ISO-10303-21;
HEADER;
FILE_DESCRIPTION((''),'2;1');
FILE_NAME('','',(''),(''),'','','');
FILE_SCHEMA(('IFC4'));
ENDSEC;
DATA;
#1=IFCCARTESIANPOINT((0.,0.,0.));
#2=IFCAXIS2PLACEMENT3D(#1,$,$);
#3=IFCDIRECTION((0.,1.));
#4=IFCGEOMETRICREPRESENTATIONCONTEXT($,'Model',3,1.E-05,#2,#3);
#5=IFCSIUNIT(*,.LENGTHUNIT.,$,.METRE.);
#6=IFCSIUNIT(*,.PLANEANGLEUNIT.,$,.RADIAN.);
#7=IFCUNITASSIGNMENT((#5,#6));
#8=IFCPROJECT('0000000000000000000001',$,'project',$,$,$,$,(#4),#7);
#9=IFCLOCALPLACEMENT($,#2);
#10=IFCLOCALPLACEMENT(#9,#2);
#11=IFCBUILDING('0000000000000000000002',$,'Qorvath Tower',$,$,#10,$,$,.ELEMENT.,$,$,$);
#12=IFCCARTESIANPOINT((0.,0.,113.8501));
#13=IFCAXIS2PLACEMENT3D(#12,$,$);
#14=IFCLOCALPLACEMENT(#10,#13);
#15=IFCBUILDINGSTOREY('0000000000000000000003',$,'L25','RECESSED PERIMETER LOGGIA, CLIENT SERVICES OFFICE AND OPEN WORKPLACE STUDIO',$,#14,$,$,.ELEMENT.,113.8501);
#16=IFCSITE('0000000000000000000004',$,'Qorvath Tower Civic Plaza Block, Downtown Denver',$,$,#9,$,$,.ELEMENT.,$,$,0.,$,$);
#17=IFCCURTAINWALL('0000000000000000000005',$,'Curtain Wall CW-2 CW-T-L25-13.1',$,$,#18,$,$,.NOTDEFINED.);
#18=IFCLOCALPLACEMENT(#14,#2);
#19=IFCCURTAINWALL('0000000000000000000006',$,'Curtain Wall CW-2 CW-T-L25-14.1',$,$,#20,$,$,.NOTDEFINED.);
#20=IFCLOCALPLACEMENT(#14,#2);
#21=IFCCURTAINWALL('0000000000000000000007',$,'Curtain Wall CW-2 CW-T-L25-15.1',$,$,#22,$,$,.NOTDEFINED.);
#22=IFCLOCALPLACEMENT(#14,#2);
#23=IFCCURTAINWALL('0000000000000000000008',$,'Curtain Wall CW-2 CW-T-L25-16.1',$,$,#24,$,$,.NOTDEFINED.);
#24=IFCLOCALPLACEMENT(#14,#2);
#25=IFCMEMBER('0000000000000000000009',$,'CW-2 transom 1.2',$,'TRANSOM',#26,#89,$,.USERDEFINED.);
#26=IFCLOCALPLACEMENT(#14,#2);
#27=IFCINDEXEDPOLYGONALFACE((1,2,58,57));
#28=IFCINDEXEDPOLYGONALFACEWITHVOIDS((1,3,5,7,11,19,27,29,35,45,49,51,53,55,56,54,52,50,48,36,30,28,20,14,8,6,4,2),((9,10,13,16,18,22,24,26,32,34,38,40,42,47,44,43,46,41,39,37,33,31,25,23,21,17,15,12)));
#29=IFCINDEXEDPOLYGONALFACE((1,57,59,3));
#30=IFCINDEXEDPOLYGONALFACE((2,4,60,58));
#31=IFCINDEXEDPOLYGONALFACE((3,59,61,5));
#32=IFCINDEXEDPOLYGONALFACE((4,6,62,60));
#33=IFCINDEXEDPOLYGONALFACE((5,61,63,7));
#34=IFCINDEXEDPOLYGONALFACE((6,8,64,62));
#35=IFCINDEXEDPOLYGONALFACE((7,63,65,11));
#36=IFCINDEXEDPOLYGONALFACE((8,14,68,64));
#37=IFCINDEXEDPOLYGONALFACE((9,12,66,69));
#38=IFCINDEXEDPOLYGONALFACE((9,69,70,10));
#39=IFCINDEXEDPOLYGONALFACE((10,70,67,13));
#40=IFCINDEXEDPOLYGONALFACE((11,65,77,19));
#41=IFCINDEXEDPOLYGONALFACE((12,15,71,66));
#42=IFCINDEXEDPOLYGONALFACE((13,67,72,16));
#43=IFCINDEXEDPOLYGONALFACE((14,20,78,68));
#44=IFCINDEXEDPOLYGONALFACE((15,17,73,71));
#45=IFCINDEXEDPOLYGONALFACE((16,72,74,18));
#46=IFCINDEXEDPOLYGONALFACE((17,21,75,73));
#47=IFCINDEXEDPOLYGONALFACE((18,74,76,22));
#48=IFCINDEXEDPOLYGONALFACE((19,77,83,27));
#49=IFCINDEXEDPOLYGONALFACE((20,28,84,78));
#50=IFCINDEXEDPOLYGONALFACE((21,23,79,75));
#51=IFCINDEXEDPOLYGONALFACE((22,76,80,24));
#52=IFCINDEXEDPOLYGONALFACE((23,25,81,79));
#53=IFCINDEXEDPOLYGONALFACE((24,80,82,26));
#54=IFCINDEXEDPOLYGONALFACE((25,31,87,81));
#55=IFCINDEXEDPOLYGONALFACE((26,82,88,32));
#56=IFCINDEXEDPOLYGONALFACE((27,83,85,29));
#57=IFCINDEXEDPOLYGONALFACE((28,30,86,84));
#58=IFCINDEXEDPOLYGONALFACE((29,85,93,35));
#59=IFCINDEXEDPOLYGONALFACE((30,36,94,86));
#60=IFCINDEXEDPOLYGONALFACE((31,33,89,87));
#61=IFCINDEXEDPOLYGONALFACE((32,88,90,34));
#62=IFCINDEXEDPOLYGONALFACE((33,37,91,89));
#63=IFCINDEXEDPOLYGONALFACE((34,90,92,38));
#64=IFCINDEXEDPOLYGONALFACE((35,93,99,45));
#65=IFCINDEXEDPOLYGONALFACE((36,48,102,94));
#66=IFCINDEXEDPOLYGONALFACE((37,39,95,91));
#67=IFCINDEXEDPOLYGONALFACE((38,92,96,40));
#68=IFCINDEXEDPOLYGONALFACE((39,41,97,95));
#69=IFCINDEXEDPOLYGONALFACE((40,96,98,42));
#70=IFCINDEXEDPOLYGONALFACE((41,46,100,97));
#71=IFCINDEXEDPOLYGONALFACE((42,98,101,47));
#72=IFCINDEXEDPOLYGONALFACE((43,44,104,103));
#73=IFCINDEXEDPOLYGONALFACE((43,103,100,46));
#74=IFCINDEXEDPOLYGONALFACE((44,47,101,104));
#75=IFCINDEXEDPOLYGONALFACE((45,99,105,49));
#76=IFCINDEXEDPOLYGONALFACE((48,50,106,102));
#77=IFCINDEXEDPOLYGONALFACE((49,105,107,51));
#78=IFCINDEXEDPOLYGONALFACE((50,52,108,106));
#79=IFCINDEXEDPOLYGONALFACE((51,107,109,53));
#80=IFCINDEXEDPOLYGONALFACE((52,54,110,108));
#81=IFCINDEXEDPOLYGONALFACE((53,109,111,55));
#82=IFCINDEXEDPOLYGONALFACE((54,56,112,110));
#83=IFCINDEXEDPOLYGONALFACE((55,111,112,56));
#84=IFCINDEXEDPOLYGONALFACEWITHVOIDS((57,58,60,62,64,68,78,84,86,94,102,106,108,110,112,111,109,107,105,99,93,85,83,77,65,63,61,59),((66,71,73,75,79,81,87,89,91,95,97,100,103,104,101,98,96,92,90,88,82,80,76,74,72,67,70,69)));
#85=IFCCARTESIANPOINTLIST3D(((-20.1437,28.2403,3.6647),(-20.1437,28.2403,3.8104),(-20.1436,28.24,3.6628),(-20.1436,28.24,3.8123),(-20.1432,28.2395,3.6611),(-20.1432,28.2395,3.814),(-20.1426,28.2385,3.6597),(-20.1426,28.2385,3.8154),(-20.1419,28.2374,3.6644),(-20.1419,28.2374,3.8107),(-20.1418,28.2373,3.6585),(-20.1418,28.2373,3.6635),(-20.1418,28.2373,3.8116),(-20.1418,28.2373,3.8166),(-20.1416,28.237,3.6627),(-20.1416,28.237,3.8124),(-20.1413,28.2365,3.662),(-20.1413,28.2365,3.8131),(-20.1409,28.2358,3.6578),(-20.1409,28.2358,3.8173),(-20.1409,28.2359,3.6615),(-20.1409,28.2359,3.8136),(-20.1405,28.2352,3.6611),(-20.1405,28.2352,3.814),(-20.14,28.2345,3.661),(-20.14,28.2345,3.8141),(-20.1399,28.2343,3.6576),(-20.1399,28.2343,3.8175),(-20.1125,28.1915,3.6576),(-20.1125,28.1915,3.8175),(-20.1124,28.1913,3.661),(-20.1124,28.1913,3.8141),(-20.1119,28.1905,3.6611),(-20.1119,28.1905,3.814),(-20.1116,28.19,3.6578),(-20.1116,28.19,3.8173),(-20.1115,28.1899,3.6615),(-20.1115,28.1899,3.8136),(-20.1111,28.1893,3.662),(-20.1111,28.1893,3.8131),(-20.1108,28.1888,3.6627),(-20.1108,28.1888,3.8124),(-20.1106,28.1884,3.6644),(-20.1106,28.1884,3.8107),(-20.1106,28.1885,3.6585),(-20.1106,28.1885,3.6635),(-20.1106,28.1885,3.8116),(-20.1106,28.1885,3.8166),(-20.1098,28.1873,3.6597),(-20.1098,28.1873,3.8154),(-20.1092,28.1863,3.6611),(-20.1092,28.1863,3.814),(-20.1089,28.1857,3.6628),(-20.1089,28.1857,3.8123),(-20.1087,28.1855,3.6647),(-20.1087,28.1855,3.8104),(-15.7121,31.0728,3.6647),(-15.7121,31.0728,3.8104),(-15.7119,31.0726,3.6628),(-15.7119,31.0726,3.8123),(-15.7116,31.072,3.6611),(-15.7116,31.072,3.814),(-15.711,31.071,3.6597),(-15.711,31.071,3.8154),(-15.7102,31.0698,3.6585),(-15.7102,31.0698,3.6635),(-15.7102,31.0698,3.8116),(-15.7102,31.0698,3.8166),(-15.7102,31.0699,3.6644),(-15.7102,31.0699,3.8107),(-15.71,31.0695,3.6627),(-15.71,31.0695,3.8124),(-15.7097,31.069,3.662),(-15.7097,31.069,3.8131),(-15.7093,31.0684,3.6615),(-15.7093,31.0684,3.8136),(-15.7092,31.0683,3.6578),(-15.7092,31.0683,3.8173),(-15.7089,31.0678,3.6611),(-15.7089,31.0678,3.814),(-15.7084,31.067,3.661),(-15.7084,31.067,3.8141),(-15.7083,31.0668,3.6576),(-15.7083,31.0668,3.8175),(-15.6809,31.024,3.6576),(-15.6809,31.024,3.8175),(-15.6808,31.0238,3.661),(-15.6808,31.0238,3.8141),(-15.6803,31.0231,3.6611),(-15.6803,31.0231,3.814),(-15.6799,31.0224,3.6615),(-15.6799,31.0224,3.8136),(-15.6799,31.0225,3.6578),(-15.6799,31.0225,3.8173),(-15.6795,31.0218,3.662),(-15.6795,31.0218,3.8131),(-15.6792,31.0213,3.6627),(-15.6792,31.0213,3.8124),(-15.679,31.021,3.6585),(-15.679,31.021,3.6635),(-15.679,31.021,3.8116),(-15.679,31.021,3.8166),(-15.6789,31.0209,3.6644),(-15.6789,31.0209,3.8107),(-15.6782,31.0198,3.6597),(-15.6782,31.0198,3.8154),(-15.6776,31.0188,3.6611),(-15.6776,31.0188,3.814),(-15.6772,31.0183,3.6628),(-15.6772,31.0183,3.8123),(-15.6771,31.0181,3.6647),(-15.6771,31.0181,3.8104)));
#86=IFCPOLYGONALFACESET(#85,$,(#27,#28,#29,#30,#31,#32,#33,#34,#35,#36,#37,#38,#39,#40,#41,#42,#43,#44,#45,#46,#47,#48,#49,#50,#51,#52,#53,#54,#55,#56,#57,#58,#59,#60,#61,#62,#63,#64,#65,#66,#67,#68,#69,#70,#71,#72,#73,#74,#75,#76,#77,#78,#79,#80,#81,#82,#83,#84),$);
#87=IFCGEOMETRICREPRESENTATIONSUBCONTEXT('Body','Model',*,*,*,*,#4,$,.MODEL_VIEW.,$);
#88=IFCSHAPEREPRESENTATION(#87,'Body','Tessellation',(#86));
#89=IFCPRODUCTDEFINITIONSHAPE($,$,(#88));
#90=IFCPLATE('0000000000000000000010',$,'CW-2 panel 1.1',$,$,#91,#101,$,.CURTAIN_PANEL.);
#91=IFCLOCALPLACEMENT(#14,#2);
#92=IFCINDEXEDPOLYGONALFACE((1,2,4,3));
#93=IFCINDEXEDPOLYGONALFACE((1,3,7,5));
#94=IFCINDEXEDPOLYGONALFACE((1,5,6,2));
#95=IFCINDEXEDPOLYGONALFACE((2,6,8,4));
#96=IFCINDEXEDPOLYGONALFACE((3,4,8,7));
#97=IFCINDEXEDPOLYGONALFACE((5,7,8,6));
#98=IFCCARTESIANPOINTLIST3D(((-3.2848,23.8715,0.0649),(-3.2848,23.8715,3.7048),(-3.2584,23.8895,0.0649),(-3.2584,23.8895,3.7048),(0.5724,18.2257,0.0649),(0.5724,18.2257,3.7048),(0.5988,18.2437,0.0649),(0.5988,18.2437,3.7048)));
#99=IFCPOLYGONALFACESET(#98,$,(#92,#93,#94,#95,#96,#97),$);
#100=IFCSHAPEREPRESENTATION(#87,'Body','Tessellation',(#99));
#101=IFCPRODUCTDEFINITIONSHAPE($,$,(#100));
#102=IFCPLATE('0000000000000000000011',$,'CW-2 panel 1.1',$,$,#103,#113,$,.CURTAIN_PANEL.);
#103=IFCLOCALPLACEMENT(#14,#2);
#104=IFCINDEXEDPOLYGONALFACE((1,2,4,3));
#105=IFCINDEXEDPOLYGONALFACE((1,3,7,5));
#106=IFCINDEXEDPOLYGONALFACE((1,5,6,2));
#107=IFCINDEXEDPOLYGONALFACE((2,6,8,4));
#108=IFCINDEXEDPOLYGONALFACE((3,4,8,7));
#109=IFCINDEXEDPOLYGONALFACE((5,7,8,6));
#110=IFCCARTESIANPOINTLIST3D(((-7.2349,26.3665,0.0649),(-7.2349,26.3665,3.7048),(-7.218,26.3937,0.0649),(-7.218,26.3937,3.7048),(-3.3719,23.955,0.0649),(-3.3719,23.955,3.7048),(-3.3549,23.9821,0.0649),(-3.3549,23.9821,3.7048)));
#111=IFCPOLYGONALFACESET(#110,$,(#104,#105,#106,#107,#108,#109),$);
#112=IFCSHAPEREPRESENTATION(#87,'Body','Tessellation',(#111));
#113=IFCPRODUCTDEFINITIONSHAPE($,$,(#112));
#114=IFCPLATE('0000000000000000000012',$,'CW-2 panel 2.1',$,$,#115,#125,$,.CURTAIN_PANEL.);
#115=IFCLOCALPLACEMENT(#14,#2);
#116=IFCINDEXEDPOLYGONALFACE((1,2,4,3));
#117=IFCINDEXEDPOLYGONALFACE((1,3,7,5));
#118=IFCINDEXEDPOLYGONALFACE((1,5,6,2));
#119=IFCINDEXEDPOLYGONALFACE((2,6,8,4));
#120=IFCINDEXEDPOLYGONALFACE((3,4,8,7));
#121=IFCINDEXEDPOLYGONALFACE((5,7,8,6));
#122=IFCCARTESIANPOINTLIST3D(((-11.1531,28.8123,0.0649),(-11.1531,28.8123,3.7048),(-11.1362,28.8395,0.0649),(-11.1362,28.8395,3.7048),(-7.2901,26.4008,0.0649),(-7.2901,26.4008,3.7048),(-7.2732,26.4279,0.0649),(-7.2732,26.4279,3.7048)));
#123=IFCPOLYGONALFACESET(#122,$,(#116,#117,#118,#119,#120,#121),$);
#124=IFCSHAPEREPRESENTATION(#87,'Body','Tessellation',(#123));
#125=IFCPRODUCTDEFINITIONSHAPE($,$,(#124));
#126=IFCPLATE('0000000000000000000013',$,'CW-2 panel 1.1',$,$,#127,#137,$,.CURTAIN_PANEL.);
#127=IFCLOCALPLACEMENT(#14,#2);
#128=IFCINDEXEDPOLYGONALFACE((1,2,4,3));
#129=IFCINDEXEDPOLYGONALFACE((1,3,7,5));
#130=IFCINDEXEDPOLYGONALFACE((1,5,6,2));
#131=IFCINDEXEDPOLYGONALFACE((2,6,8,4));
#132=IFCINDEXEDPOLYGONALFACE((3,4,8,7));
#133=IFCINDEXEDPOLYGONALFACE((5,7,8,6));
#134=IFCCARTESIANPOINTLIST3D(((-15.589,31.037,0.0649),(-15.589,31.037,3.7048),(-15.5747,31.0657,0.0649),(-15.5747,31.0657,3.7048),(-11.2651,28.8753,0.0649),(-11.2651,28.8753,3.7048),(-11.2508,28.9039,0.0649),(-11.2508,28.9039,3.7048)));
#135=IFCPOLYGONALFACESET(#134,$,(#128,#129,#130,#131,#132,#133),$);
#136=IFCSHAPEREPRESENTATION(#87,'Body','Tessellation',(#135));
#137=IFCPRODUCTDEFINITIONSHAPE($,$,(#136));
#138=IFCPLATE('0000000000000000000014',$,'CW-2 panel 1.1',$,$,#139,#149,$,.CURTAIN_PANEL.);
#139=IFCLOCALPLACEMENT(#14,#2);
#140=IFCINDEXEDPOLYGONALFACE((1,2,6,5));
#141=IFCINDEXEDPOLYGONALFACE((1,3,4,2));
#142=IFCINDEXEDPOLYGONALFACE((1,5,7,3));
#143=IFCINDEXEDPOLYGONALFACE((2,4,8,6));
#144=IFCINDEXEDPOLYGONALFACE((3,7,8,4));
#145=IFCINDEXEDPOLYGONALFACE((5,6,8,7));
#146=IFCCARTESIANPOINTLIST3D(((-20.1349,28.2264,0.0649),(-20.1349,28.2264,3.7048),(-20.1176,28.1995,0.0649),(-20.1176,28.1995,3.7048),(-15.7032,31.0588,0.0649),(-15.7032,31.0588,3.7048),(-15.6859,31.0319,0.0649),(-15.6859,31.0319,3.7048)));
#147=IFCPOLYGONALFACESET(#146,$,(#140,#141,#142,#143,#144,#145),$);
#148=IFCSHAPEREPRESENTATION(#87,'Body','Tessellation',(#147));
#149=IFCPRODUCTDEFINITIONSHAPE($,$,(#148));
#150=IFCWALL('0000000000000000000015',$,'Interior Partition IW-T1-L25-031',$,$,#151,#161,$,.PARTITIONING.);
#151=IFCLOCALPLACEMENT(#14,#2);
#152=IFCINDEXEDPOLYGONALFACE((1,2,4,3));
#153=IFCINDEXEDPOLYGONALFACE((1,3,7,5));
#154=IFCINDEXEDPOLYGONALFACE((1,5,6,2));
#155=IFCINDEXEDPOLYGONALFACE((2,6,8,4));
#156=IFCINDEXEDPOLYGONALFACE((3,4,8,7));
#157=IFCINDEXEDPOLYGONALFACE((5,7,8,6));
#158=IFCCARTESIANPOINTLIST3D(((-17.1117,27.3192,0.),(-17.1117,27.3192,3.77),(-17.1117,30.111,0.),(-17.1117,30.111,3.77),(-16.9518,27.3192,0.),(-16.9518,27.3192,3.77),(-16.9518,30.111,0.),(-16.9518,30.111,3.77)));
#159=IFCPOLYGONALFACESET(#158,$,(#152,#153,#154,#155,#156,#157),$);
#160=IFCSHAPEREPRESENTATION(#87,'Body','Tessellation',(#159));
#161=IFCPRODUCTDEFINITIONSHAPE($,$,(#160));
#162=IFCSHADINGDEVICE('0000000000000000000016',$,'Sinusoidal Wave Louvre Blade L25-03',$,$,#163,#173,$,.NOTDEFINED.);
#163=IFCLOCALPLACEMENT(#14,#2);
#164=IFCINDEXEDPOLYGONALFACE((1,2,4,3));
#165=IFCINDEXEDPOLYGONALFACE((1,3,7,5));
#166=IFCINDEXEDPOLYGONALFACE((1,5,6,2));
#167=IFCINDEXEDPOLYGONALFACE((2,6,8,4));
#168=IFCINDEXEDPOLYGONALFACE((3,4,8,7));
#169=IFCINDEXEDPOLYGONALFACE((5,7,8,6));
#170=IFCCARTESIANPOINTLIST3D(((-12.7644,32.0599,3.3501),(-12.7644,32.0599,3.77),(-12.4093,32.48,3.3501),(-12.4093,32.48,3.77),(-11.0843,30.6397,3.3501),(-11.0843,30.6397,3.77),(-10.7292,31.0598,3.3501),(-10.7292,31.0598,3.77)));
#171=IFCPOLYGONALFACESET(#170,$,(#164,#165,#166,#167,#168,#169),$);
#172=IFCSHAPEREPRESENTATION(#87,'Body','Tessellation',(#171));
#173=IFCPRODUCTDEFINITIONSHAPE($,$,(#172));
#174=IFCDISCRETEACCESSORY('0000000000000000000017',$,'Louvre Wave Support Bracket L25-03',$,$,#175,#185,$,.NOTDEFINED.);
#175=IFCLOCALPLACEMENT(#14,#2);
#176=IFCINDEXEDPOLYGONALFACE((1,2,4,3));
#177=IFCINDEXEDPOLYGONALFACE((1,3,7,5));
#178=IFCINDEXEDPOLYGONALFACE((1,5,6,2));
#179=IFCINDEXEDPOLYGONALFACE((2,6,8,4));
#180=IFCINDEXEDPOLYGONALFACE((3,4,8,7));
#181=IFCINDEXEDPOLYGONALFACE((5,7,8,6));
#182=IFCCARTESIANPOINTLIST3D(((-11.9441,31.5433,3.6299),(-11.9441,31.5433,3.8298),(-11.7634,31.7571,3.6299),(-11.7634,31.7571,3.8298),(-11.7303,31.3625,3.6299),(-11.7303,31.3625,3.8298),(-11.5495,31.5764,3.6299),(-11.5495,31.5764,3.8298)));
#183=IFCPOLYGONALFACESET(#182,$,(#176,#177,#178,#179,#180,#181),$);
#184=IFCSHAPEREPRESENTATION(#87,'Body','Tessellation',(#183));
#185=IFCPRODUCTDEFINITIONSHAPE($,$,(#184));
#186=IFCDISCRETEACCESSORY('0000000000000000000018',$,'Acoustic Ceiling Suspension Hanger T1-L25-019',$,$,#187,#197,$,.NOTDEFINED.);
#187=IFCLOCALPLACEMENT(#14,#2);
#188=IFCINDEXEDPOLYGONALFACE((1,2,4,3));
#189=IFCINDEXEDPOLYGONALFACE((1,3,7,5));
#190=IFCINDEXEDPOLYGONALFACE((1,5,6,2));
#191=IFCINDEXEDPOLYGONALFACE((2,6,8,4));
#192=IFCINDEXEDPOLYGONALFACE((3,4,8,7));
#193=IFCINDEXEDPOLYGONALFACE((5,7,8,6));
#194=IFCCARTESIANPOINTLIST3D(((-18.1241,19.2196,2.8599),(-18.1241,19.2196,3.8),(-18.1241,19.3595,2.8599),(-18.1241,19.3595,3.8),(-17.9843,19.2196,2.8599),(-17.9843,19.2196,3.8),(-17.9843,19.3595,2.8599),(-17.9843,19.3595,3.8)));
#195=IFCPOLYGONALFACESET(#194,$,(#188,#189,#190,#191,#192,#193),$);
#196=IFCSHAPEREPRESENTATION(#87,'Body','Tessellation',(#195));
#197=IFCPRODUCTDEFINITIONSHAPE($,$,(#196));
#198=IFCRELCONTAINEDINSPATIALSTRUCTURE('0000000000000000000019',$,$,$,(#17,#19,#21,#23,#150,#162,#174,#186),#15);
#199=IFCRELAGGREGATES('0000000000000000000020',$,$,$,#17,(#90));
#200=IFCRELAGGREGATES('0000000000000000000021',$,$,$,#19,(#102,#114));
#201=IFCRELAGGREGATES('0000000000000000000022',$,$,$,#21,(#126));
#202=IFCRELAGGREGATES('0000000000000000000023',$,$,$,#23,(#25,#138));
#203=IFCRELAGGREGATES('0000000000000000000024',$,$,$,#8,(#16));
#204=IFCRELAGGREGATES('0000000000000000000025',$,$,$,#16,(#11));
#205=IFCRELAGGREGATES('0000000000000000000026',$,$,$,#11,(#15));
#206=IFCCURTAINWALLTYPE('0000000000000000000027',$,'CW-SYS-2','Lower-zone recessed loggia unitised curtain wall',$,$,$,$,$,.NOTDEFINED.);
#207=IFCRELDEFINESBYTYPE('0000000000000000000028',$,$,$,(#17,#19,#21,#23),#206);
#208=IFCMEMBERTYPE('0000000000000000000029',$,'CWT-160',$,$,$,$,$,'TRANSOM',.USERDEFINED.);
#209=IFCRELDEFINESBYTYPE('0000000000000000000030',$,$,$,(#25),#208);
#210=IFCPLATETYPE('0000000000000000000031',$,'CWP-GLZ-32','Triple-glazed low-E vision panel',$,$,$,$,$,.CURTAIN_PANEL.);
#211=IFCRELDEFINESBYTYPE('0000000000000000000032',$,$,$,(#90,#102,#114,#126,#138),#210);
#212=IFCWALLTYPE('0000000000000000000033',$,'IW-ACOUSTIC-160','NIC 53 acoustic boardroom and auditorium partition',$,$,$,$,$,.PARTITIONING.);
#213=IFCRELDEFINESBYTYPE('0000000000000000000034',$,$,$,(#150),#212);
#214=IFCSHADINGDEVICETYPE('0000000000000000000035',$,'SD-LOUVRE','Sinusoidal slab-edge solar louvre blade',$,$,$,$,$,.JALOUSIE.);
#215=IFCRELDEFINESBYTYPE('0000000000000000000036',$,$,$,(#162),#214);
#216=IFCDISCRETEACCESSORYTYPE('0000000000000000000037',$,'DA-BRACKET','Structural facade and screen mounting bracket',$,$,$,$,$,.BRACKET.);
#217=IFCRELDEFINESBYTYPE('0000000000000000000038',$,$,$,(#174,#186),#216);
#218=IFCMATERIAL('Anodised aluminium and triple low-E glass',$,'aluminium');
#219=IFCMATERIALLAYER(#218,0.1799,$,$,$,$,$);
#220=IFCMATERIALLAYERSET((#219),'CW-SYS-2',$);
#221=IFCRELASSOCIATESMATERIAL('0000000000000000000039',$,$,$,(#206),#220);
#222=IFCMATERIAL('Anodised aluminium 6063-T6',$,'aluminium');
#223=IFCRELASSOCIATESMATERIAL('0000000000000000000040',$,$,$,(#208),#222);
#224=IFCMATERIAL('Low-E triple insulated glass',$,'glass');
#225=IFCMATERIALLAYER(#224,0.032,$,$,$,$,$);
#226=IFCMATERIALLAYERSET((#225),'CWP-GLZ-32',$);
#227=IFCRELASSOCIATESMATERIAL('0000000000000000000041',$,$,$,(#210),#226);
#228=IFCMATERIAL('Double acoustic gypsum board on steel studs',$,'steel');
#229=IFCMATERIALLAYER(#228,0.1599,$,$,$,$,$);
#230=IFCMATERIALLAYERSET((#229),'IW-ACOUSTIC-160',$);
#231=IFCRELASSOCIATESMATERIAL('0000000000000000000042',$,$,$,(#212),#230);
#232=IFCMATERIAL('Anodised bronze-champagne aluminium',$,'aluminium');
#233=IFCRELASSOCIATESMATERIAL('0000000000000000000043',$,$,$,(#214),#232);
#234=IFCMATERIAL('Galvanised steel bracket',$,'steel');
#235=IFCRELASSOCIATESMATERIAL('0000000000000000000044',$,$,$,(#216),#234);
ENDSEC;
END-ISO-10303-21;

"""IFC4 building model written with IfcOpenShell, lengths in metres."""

from ifc_helpers import new_model, si_unit, direction, frame, frame_2d, origin, origin_2d, place, context, subcontext, project, spatial, rectangle, hollow_rectangle, extrude, material, layer, layer_set, material_profile, profile_set, type_object, element, aggregate, save


model = new_model("IFC4")

# Units and contexts
model_context = context("Model", 3, precision=1e-05, world=origin(), true_north=direction((0.0, 1.0)))
body_context = subcontext(model_context, "Body", "Model", "MODEL_VIEW")
ifc_project = project(units=[si_unit("LENGTHUNIT", "METRE"), si_unit("PLANEANGLEUNIT", "RADIAN")], contexts=[model_context])

# Site, building, storey
site_placement = place(None, origin())
site = spatial("IfcSite", under=ifc_project, at=site_placement, Name="Qorvath Tower Civic Plaza Block, Downtown Denver", CompositionType="ELEMENT", RefElevation=0.0)
building_placement = place(site_placement, origin())
building = spatial("IfcBuilding", under=site, at=building_placement, Name="Qorvath Tower", CompositionType="ELEMENT")
storey_placement = place(building_placement, frame((0.0, 0.0, 113.8501)))
storey = spatial("IfcBuildingStorey", under=building, at=storey_placement, Name="L25", Description="RECESSED PERIMETER LOGGIA, CLIENT SERVICES OFFICE AND OPEN WORKPLACE STUDIO", CompositionType="ELEMENT", Elevation=113.8501)

# Curtain wall
ifc_material_1 = material(Name="Anodised aluminium and triple low-E glass", Category="aluminium")
ifc_layer_1 = layer(ifc_material_1, 0.1799)
ifc_layer_set_1 = layer_set([ifc_layer_1], Name="CW-SYS-2")
curtain_wall_type = type_object("IfcCurtainWallType", Name="CW-SYS-2", Description="Lower-zone recessed loggia unitised curtain wall", PredefinedType="NOTDEFINED", material=ifc_layer_set_1)
curtain_wall_1_placement = place(storey_placement, origin())
curtain_wall_1 = element("IfcCurtainWall", 1, at=curtain_wall_1_placement, inside=storey, type_object=curtain_wall_type, Name="Curtain Wall CW-2 CW-T-L25-13.1", PredefinedType="NOTDEFINED")

# Curtain walls
curtain_wall_2_placement = place(storey_placement, origin())
curtain_wall_2 = element("IfcCurtainWall", 2, at=curtain_wall_2_placement, inside=storey, type_object=curtain_wall_type, Name="Curtain Wall CW-2 CW-T-L25-14.1", PredefinedType="NOTDEFINED")
curtain_wall_3_placement = place(storey_placement, origin())
curtain_wall_3 = element("IfcCurtainWall", 3, at=curtain_wall_3_placement, inside=storey, type_object=curtain_wall_type, Name="Curtain Wall CW-2 CW-T-L25-15.1", PredefinedType="NOTDEFINED")

# Curtain wall
curtain_wall_4_placement = place(storey_placement, origin())
curtain_wall_4 = element("IfcCurtainWall", 4, at=curtain_wall_4_placement, inside=storey, type_object=curtain_wall_type, Name="Curtain Wall CW-2 CW-T-L25-16.1", PredefinedType="NOTDEFINED")

# Member
ifc_material_2 = material(Name="Anodised aluminium 6063-T6", Category="aluminium")
ifc_material_profile_1 = material_profile(ifc_material_2, hollow_rectangle(XDim=0.0649, YDim=0.1599, WallThickness=0.0034, InnerFilletRadius=0.0034, OuterFilletRadius=0.0071, at=origin_2d()), Name="CWT 160x65")
ifc_profile_set_1 = profile_set([ifc_material_profile_1], Name="Anodised aluminium 6063-T6")
member_type_1 = type_object("IfcMemberType", Name="CWT-160", ElementType="TRANSOM", PredefinedType="USERDEFINED", material=ifc_profile_set_1)
member_1_placement = place(storey_placement, frame((-15.6946, 31.0454, 3.7375), z_axis=(-0.842593, -0.53855, 0.0), x_axis=(0.53855, -0.842593, 0.0)))
member_1 = element("IfcMember", 5, at=member_1_placement, type_object=member_type_1, Name="CW-2 transom 1.2", ObjectType="TRANSOM", PredefinedType="USERDEFINED", context=body_context, shape_type="SweptSolid", body=[
    extrude(hollow_rectangle(XDim=0.0649, YDim=0.1599, WallThickness=0.0034, InnerFilletRadius=0.0034, OuterFilletRadius=0.0071, at=origin_2d()), origin(), (0.0, 0.0, 1.0), 5.2595),
])

# Plates
ifc_material_3 = material(Name="Low-E triple insulated glass", Category="glass")
ifc_layer_2 = layer(ifc_material_3, 0.032)
ifc_layer_set_2 = layer_set([ifc_layer_2], Name="CWP-GLZ-32")
plate_type = type_object("IfcPlateType", Name="CWP-GLZ-32", Description="Triple-glazed low-E vision panel", PredefinedType="CURTAIN_PANEL", material=ifc_layer_set_2)
plate_1_placement = place(storey_placement, frame((-1.343, 21.0576, 0.0649), z_axis=(0.0, 0.0, 1.0), x_axis=(-0.564117, 0.825695, 0.0)))
plate_1 = element("IfcPlate", 6, at=plate_1_placement, type_object=plate_type, Name="CW-2 panel 1.1", PredefinedType="CURTAIN_PANEL", context=body_context, shape_type="SweptSolid", body=[
    extrude(rectangle(XDim=6.8376, YDim=0.032, at=origin_2d()), origin(), (0.0, 0.0, 1.0), 3.6399),
])
aggregate(curtain_wall_1, [plate_1])
plate_2_placement = place(storey_placement, frame((-5.2949, 25.1743, 0.0649), z_axis=(0.0, 0.0, 1.0), x_axis=(-0.84828, 0.529549, 0.0)))
plate_2 = element("IfcPlate", 7, at=plate_2_placement, type_object=plate_type, Name="CW-2 panel 1.1", PredefinedType="CURTAIN_PANEL", context=body_context, shape_type="SweptSolid", body=[
    extrude(rectangle(XDim=4.554, YDim=0.032, at=origin_2d()), origin(), (0.0, 0.0, 1.0), 3.6399),
])
plate_3_placement = place(storey_placement, frame((-9.2131, 27.6201, 0.0649), z_axis=(0.0, 0.0, 1.0), x_axis=(-0.84828, 0.529549, 0.0)))
plate_3 = element("IfcPlate", 8, at=plate_3_placement, type_object=plate_type, Name="CW-2 panel 2.1", PredefinedType="CURTAIN_PANEL", context=body_context, shape_type="SweptSolid", body=[
    extrude(rectangle(XDim=4.554, YDim=0.032, at=origin_2d()), origin(), (0.0, 0.0, 1.0), 3.6399),
])
aggregate(curtain_wall_2, [plate_2, plate_3])
plate_4_placement = place(storey_placement, frame((-13.4199, 29.9705, 0.0649), z_axis=(0.0, 0.0, 1.0), x_axis=(-0.894443, 0.447181, 0.0)))
plate_4 = element("IfcPlate", 9, at=plate_4_placement, type_object=plate_type, Name="CW-2 panel 1.1", PredefinedType="CURTAIN_PANEL", context=body_context, shape_type="SweptSolid", body=[
    extrude(rectangle(XDim=4.8342, YDim=0.032, at=origin_2d()), origin(), (0.0, 0.0, 1.0), 3.6399),
])
aggregate(curtain_wall_3, [plate_4])
plate_5_placement = place(storey_placement, frame((-17.9104, 29.6292, 0.0649), z_axis=(0.0, 0.0, 1.0), x_axis=(-0.842604, -0.538533, 0.0)))
plate_5 = element("IfcPlate", 10, at=plate_5_placement, type_object=plate_type, Name="CW-2 panel 1.1", PredefinedType="CURTAIN_PANEL", context=body_context, shape_type="SweptSolid", body=[
    extrude(rectangle(XDim=5.2595, YDim=0.032, at=origin_2d()), origin(), (0.0, 0.0, 1.0), 3.6399),
])
aggregate(curtain_wall_4, [member_1, plate_5])

# Wall
ifc_material_4 = material(Name="Double acoustic gypsum board on steel studs", Category="steel")
ifc_layer_3 = layer(ifc_material_4, 0.1599)
ifc_layer_set_3 = layer_set([ifc_layer_3], Name="IW-ACOUSTIC-160")
wall_type = type_object("IfcWallType", Name="IW-ACOUSTIC-160", Description="NIC 53 acoustic boardroom and auditorium partition", PredefinedType="PARTITIONING", material=ifc_layer_set_3)
wall_placement = place(storey_placement, frame((-17.0317, 27.3191, 0.0), z_axis=(0.0, 0.0, 1.0), x_axis=(0.0, 1.0, 0.0)))
element("IfcWall", 11, at=wall_placement, inside=storey, type_object=wall_type, Name="Interior Partition IW-T1-L25-031", PredefinedType="PARTITIONING", context=body_context, shape_type="SweptSolid", body=[
    extrude(rectangle(XDim=2.7917, YDim=0.1599, at=frame_2d((1.396, 0.0))), origin(), (0.0, 0.0, 1.0), 3.77),
])

# Shading device
ifc_material_5 = material(Name="Anodised bronze-champagne aluminium", Category="aluminium")
shading_device_type = type_object("IfcShadingDeviceType", Name="SD-LOUVRE", Description="Sinusoidal slab-edge solar louvre blade", PredefinedType="JALOUSIE", material=ifc_material_5)
shading_device_placement = place(storey_placement, frame((-11.7468, 31.5598, 3.3501), z_axis=(0.0, 0.0, 1.0), x_axis=(-0.763708, 0.645562, 0.0)))
element("IfcShadingDevice", 12, at=shading_device_placement, inside=storey, type_object=shading_device_type, Name="Sinusoidal Wave Louvre Blade L25-03", PredefinedType="NOTDEFINED", context=body_context, shape_type="SweptSolid", body=[
    extrude(rectangle(XDim=2.2, YDim=0.55, at=origin_2d()), origin(), (0.0, 0.0, 1.0), 0.4199),
])

# Discrete accessories
ifc_material_6 = material(Name="Galvanised steel bracket", Category="steel")
discrete_accessory_type = type_object("IfcDiscreteAccessoryType", Name="DA-BRACKET", Description="Structural facade and screen mounting bracket", PredefinedType="BRACKET", material=ifc_material_6)
discrete_accessory_placement = place(storey_placement, frame((-11.7468, 31.5598, 3.6299), z_axis=(0.0, 0.0, 1.0), x_axis=(-0.763708, 0.645562, 0.0)))
element("IfcDiscreteAccessory", 13, at=discrete_accessory_placement, inside=storey, type_object=discrete_accessory_type, Name="Louvre Wave Support Bracket L25-03", PredefinedType="NOTDEFINED", context=body_context, shape_type="SweptSolid", body=[
    extrude(rectangle(XDim=0.28, YDim=0.28, at=origin_2d()), origin(), (0.0, 0.0, 1.0), 0.2),
])
for number, where, z_axis, x_axis, name in (
    (14, (-18.0542, 19.2896, 2.8599), (0.0, 0.0, 1.0), (1.0, 0.0, 0.0), "Acoustic Ceiling Suspension Hanger T1-L25-019"),
):
    element("IfcDiscreteAccessory", number, at=place(storey_placement, frame(where, z_axis=z_axis, x_axis=x_axis)), inside=storey, type_object=discrete_accessory_type, Name=name, PredefinedType="NOTDEFINED", context=body_context, shape_type="SweptSolid", body=[
        extrude(rectangle(XDim=0.1399, YDim=0.1399, at=origin_2d()), origin(), (0.0, 0.0, 1.0), 0.9402),
    ])

save(model, "model.ifc")
